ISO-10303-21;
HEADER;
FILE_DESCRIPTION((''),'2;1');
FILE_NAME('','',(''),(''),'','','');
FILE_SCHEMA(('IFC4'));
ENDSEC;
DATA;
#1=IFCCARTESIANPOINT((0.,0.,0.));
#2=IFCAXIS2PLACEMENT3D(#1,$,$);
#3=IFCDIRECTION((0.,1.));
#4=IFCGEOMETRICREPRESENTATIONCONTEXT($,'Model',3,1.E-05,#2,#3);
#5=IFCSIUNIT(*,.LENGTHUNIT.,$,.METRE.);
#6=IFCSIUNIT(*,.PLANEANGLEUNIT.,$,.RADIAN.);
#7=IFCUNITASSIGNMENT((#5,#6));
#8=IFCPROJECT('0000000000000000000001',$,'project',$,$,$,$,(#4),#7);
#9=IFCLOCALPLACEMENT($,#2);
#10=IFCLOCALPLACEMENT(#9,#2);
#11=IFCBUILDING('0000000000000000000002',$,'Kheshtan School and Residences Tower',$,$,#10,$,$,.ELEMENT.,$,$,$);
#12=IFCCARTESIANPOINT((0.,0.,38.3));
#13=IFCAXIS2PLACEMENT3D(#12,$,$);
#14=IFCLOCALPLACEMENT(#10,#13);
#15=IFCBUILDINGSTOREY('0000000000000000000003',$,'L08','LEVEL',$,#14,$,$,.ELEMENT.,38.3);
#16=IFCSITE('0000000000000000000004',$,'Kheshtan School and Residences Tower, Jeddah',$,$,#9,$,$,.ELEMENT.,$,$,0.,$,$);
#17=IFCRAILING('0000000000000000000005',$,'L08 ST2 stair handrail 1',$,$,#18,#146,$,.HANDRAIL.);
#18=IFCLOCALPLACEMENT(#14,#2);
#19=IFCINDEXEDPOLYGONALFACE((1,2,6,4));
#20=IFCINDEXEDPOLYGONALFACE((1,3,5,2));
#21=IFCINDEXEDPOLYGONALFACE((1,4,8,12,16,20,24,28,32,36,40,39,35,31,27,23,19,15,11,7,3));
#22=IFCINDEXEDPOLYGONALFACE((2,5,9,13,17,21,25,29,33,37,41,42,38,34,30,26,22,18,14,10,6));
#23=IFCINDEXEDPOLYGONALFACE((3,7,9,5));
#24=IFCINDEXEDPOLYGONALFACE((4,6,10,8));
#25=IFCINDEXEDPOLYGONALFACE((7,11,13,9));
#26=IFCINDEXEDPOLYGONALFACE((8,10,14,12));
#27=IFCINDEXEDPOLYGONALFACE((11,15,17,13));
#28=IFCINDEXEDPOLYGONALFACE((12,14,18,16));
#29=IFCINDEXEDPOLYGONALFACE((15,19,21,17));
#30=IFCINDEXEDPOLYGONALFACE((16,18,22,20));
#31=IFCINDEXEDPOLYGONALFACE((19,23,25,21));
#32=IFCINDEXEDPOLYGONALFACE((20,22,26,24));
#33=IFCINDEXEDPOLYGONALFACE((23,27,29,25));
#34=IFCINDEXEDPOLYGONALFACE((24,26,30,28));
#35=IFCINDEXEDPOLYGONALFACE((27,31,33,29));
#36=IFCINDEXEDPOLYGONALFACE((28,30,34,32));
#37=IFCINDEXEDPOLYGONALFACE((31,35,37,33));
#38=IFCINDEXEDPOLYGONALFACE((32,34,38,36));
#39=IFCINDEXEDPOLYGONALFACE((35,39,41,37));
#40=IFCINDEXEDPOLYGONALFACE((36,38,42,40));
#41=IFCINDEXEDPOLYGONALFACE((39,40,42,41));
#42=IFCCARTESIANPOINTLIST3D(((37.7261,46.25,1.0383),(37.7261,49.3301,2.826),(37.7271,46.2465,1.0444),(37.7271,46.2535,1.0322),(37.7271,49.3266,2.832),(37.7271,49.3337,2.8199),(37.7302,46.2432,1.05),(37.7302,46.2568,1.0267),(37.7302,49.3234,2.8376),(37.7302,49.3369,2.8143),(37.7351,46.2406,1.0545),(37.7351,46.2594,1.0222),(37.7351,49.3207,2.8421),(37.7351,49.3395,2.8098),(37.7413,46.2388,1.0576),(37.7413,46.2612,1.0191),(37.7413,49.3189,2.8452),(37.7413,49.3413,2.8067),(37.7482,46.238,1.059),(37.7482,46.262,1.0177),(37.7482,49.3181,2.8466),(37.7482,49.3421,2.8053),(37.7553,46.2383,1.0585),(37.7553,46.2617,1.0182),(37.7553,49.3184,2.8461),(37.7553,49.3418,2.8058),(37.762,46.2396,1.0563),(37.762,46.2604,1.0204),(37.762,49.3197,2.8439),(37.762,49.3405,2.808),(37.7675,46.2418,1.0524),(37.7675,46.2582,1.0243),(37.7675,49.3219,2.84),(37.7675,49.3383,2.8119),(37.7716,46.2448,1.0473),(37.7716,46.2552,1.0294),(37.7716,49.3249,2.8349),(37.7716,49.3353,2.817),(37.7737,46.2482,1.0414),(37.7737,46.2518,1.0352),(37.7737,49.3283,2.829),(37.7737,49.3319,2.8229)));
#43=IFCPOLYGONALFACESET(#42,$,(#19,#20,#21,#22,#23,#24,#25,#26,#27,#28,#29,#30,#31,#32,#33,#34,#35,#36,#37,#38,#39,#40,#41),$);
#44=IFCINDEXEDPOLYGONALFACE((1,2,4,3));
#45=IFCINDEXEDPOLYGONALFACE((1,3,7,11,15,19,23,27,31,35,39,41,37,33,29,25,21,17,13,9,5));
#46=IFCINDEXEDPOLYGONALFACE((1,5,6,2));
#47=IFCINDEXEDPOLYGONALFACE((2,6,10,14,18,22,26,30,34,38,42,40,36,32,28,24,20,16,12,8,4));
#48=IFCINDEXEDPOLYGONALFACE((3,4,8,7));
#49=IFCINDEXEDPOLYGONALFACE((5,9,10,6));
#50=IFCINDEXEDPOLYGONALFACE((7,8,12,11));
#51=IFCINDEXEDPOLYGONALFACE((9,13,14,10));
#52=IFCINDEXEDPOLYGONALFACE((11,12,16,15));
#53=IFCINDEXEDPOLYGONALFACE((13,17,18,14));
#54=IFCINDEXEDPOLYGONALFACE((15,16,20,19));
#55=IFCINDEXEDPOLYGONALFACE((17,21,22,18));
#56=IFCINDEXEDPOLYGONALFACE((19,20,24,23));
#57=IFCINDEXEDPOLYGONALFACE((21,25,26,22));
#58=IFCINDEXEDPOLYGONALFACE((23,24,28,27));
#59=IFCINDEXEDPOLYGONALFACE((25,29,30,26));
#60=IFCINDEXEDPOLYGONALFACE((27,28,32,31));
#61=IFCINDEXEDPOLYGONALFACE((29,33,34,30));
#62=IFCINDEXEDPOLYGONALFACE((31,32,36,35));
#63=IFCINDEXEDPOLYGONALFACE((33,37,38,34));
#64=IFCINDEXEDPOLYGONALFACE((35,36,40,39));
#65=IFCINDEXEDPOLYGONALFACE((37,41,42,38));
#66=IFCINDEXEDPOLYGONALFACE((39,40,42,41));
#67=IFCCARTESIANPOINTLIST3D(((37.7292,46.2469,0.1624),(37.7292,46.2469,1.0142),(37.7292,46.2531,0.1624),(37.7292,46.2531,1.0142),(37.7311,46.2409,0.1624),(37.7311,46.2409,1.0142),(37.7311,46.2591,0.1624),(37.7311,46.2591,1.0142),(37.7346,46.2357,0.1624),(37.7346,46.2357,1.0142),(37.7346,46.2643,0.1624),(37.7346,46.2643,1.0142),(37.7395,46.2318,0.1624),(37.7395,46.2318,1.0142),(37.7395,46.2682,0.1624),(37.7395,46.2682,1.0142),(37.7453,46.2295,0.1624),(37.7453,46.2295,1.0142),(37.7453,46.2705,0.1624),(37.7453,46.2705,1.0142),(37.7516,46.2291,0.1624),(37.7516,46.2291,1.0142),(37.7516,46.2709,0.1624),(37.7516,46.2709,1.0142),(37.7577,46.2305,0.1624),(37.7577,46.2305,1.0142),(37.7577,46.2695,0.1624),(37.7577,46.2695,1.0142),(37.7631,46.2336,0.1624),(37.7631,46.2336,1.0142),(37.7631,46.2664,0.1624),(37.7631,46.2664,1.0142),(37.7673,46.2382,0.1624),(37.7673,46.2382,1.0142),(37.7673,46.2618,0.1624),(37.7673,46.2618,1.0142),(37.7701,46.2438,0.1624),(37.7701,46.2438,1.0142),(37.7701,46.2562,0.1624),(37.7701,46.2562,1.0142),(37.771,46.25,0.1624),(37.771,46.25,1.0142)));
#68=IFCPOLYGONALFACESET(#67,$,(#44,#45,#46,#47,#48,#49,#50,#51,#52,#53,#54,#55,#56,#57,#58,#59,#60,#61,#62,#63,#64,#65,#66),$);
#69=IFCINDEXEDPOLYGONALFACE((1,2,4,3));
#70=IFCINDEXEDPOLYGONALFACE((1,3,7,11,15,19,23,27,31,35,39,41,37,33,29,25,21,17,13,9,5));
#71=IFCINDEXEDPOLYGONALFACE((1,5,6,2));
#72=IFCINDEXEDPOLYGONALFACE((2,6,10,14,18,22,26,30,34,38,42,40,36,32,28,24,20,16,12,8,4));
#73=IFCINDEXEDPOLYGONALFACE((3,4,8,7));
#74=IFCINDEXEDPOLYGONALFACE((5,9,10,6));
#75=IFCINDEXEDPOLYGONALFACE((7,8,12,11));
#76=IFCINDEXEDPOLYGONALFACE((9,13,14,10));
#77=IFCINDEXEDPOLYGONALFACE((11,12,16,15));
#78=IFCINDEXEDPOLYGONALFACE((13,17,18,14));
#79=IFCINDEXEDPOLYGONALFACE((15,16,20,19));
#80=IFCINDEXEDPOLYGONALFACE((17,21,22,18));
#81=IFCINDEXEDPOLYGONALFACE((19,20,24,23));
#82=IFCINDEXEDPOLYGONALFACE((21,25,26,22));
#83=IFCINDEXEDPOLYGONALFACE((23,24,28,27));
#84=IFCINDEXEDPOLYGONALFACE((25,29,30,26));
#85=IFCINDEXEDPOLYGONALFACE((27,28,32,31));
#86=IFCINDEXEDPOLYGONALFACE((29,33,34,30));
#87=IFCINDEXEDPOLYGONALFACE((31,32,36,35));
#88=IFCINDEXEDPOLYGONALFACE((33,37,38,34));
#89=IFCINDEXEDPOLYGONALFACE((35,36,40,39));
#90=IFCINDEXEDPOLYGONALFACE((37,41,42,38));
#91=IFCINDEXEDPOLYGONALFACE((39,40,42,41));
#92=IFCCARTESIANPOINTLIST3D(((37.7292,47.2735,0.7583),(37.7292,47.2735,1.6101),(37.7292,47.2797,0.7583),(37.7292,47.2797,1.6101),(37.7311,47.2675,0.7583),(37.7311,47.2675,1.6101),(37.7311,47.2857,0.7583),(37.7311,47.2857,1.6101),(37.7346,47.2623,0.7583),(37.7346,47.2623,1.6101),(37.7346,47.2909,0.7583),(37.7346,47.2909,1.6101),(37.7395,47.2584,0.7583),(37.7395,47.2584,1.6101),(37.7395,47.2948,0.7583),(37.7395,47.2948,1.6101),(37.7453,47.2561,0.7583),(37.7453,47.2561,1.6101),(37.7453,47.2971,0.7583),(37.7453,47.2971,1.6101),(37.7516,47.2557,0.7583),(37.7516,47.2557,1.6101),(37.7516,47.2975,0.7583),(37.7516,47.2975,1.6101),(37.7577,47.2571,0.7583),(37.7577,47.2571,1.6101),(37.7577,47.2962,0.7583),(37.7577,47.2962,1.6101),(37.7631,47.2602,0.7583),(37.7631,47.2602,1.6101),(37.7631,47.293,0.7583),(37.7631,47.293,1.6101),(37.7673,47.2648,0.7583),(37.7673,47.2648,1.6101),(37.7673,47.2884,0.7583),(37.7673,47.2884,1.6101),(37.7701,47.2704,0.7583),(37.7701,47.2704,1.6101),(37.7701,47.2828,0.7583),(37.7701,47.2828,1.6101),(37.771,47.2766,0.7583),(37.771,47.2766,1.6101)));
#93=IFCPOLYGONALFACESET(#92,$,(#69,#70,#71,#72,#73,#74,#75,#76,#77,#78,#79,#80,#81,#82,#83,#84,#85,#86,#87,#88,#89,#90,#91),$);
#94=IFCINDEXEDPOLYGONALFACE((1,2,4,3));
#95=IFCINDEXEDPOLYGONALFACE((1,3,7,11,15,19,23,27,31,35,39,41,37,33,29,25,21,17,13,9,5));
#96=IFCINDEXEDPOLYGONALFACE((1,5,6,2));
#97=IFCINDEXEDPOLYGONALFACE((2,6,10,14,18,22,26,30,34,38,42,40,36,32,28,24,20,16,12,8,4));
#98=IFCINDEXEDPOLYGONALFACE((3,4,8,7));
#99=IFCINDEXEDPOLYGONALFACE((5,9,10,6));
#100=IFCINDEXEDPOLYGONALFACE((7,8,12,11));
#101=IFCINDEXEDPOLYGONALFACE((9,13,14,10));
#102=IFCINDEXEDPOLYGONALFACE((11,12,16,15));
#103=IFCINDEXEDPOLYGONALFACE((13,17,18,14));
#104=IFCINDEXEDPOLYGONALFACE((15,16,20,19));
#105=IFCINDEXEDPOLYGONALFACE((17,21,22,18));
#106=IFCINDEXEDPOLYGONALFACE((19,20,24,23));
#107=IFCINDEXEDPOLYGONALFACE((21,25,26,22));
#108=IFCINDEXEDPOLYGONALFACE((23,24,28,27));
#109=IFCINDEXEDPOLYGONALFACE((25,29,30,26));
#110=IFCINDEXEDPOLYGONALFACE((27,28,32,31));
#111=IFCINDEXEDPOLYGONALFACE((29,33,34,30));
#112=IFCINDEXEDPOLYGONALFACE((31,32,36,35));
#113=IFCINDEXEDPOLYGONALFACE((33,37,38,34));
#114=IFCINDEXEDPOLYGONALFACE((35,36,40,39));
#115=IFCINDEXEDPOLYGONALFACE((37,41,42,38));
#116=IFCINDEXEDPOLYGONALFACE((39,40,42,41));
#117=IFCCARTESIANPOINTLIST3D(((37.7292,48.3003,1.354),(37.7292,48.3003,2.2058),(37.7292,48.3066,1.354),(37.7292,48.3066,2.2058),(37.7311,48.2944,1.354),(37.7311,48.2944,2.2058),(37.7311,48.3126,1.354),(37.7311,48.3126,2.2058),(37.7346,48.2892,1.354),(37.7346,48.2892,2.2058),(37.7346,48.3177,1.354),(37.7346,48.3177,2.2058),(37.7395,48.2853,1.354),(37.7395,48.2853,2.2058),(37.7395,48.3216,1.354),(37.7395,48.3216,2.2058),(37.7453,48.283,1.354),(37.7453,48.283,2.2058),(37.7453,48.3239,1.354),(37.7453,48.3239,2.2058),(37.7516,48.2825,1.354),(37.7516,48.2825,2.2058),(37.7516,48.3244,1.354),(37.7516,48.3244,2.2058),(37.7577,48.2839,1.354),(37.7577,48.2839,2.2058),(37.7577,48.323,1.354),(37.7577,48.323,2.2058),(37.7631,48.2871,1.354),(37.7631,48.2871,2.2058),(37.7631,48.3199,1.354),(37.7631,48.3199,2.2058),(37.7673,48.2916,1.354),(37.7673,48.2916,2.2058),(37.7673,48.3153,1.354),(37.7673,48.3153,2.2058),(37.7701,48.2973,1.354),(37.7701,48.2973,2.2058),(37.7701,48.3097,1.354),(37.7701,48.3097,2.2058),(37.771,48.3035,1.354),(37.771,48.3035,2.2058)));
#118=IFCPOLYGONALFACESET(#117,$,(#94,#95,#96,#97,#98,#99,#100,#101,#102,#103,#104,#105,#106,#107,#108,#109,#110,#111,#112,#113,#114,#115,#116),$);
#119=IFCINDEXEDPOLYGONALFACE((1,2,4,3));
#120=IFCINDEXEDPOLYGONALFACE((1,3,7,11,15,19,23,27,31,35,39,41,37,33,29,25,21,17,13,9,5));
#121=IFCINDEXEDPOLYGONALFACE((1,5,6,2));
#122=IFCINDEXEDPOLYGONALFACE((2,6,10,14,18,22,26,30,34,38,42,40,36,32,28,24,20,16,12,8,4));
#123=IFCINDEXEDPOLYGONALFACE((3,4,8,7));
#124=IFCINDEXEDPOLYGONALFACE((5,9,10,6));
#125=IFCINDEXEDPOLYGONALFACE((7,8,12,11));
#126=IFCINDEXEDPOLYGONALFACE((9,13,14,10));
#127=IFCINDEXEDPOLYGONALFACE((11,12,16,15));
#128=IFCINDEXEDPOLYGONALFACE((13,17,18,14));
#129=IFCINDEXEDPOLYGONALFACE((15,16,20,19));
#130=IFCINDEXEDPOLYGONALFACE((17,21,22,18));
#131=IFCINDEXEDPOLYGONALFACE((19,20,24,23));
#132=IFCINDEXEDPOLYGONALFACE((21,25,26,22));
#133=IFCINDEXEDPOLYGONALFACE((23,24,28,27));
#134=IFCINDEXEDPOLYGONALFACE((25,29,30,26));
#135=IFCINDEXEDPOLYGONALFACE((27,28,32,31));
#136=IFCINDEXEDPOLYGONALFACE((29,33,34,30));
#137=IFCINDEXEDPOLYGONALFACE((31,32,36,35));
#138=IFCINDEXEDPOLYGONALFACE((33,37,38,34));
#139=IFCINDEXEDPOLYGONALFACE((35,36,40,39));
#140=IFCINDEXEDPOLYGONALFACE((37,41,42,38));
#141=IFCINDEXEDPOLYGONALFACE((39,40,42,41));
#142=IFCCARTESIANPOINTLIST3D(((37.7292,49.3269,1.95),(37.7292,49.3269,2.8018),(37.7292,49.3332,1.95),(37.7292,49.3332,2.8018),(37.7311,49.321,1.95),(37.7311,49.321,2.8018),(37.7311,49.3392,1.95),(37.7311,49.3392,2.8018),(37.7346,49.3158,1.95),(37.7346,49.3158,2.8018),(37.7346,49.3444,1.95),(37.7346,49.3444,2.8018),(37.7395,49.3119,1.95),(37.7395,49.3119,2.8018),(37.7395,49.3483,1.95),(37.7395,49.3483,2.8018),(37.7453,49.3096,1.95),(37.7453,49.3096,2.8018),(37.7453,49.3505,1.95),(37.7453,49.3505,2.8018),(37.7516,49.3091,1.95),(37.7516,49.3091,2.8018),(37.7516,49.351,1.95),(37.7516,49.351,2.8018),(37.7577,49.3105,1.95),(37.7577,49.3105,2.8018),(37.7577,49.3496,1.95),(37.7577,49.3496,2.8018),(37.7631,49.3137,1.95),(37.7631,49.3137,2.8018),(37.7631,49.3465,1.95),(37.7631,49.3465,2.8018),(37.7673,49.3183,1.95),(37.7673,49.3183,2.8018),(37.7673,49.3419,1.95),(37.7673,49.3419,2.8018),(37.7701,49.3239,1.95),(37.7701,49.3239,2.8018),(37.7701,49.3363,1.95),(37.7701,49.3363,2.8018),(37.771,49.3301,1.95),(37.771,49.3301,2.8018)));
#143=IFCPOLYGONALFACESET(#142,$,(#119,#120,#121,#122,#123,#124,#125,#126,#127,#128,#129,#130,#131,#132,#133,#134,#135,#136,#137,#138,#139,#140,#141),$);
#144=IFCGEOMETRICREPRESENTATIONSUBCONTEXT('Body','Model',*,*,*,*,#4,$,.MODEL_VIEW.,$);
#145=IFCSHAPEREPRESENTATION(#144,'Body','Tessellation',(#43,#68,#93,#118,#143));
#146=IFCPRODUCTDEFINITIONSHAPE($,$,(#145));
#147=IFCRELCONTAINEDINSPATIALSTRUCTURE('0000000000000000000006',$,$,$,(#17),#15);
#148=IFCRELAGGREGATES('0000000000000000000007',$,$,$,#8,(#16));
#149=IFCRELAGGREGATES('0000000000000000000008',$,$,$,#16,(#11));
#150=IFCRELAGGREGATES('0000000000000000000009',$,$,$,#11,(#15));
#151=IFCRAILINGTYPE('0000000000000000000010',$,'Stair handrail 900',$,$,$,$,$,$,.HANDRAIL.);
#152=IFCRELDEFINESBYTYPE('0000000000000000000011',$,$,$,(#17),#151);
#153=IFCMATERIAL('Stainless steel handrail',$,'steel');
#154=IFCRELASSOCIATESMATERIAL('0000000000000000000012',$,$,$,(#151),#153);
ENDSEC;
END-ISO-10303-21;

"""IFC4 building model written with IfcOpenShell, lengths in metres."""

from ifc_helpers import new_model, si_unit, direction, frame, origin, origin_2d, place, context, subcontext, project, spatial, circle, extrude, material, type_object, element, save


model = new_model("IFC4")

# Units and contexts
model_context = context("Model", 3, precision=1e-05, world=origin(), true_north=direction((0.0, 1.0)))
body_context = subcontext(model_context, "Body", "Model", "MODEL_VIEW")
ifc_project = project(units=[si_unit("LENGTHUNIT", "METRE"), si_unit("PLANEANGLEUNIT", "RADIAN")], contexts=[model_context])

# Site, building, storey
site_placement = place(None, origin())
site = spatial("IfcSite", under=ifc_project, at=site_placement, Name="Kheshtan School and Residences Tower, Jeddah", CompositionType="ELEMENT", RefElevation=0.0)
building_placement = place(site_placement, origin())
building = spatial("IfcBuilding", under=site, at=building_placement, Name="Kheshtan School and Residences Tower", CompositionType="ELEMENT")
storey_placement = place(building_placement, frame((0.0, 0.0, 38.3)))
storey = spatial("IfcBuildingStorey", under=building, at=storey_placement, Name="L08", Description="LEVEL", CompositionType="ELEMENT", Elevation=38.3)

# Railing
ifc_material_1 = material(Name="Stainless steel handrail", Category="steel")
railing_type_1 = type_object("IfcRailingType", Name="Stair handrail 900", PredefinedType="HANDRAIL", material=ifc_material_1)
railing_1_placement = place(storey_placement, frame((37.75, 46.25, 0.1624)))
element("IfcRailing", 1, at=railing_1_placement, inside=storey, type_object=railing_type_1, Name="L08 ST2 stair handrail 1", PredefinedType="HANDRAIL", context=body_context, shape_type="SweptSolid", body=[
    extrude(circle(Radius=0.0239, at=origin_2d()), frame((0.0, 0.0, 0.876), z_axis=(0.0, 0.864891, 0.50196), x_axis=(-1.0, 0.0, 0.0)), (0.0, 0.0, 1.0), 3.5613),
    extrude(circle(Radius=0.021, at=origin_2d()), origin(), (0.0, 0.0, 1.0), 0.8518),
    extrude(circle(Radius=0.021, at=origin_2d()), frame((0.0, 1.0266, 0.5959)), (0.0, 0.0, 1.0), 0.8518),
    extrude(circle(Radius=0.021, at=origin_2d()), frame((0.0, 2.0535, 1.1917)), (0.0, 0.0, 1.0), 0.8518),
    extrude(circle(Radius=0.021, at=origin_2d()), frame((0.0, 3.0801, 1.7876)), (0.0, 0.0, 1.0), 0.8518),
])

save(model, "model.ifc")
